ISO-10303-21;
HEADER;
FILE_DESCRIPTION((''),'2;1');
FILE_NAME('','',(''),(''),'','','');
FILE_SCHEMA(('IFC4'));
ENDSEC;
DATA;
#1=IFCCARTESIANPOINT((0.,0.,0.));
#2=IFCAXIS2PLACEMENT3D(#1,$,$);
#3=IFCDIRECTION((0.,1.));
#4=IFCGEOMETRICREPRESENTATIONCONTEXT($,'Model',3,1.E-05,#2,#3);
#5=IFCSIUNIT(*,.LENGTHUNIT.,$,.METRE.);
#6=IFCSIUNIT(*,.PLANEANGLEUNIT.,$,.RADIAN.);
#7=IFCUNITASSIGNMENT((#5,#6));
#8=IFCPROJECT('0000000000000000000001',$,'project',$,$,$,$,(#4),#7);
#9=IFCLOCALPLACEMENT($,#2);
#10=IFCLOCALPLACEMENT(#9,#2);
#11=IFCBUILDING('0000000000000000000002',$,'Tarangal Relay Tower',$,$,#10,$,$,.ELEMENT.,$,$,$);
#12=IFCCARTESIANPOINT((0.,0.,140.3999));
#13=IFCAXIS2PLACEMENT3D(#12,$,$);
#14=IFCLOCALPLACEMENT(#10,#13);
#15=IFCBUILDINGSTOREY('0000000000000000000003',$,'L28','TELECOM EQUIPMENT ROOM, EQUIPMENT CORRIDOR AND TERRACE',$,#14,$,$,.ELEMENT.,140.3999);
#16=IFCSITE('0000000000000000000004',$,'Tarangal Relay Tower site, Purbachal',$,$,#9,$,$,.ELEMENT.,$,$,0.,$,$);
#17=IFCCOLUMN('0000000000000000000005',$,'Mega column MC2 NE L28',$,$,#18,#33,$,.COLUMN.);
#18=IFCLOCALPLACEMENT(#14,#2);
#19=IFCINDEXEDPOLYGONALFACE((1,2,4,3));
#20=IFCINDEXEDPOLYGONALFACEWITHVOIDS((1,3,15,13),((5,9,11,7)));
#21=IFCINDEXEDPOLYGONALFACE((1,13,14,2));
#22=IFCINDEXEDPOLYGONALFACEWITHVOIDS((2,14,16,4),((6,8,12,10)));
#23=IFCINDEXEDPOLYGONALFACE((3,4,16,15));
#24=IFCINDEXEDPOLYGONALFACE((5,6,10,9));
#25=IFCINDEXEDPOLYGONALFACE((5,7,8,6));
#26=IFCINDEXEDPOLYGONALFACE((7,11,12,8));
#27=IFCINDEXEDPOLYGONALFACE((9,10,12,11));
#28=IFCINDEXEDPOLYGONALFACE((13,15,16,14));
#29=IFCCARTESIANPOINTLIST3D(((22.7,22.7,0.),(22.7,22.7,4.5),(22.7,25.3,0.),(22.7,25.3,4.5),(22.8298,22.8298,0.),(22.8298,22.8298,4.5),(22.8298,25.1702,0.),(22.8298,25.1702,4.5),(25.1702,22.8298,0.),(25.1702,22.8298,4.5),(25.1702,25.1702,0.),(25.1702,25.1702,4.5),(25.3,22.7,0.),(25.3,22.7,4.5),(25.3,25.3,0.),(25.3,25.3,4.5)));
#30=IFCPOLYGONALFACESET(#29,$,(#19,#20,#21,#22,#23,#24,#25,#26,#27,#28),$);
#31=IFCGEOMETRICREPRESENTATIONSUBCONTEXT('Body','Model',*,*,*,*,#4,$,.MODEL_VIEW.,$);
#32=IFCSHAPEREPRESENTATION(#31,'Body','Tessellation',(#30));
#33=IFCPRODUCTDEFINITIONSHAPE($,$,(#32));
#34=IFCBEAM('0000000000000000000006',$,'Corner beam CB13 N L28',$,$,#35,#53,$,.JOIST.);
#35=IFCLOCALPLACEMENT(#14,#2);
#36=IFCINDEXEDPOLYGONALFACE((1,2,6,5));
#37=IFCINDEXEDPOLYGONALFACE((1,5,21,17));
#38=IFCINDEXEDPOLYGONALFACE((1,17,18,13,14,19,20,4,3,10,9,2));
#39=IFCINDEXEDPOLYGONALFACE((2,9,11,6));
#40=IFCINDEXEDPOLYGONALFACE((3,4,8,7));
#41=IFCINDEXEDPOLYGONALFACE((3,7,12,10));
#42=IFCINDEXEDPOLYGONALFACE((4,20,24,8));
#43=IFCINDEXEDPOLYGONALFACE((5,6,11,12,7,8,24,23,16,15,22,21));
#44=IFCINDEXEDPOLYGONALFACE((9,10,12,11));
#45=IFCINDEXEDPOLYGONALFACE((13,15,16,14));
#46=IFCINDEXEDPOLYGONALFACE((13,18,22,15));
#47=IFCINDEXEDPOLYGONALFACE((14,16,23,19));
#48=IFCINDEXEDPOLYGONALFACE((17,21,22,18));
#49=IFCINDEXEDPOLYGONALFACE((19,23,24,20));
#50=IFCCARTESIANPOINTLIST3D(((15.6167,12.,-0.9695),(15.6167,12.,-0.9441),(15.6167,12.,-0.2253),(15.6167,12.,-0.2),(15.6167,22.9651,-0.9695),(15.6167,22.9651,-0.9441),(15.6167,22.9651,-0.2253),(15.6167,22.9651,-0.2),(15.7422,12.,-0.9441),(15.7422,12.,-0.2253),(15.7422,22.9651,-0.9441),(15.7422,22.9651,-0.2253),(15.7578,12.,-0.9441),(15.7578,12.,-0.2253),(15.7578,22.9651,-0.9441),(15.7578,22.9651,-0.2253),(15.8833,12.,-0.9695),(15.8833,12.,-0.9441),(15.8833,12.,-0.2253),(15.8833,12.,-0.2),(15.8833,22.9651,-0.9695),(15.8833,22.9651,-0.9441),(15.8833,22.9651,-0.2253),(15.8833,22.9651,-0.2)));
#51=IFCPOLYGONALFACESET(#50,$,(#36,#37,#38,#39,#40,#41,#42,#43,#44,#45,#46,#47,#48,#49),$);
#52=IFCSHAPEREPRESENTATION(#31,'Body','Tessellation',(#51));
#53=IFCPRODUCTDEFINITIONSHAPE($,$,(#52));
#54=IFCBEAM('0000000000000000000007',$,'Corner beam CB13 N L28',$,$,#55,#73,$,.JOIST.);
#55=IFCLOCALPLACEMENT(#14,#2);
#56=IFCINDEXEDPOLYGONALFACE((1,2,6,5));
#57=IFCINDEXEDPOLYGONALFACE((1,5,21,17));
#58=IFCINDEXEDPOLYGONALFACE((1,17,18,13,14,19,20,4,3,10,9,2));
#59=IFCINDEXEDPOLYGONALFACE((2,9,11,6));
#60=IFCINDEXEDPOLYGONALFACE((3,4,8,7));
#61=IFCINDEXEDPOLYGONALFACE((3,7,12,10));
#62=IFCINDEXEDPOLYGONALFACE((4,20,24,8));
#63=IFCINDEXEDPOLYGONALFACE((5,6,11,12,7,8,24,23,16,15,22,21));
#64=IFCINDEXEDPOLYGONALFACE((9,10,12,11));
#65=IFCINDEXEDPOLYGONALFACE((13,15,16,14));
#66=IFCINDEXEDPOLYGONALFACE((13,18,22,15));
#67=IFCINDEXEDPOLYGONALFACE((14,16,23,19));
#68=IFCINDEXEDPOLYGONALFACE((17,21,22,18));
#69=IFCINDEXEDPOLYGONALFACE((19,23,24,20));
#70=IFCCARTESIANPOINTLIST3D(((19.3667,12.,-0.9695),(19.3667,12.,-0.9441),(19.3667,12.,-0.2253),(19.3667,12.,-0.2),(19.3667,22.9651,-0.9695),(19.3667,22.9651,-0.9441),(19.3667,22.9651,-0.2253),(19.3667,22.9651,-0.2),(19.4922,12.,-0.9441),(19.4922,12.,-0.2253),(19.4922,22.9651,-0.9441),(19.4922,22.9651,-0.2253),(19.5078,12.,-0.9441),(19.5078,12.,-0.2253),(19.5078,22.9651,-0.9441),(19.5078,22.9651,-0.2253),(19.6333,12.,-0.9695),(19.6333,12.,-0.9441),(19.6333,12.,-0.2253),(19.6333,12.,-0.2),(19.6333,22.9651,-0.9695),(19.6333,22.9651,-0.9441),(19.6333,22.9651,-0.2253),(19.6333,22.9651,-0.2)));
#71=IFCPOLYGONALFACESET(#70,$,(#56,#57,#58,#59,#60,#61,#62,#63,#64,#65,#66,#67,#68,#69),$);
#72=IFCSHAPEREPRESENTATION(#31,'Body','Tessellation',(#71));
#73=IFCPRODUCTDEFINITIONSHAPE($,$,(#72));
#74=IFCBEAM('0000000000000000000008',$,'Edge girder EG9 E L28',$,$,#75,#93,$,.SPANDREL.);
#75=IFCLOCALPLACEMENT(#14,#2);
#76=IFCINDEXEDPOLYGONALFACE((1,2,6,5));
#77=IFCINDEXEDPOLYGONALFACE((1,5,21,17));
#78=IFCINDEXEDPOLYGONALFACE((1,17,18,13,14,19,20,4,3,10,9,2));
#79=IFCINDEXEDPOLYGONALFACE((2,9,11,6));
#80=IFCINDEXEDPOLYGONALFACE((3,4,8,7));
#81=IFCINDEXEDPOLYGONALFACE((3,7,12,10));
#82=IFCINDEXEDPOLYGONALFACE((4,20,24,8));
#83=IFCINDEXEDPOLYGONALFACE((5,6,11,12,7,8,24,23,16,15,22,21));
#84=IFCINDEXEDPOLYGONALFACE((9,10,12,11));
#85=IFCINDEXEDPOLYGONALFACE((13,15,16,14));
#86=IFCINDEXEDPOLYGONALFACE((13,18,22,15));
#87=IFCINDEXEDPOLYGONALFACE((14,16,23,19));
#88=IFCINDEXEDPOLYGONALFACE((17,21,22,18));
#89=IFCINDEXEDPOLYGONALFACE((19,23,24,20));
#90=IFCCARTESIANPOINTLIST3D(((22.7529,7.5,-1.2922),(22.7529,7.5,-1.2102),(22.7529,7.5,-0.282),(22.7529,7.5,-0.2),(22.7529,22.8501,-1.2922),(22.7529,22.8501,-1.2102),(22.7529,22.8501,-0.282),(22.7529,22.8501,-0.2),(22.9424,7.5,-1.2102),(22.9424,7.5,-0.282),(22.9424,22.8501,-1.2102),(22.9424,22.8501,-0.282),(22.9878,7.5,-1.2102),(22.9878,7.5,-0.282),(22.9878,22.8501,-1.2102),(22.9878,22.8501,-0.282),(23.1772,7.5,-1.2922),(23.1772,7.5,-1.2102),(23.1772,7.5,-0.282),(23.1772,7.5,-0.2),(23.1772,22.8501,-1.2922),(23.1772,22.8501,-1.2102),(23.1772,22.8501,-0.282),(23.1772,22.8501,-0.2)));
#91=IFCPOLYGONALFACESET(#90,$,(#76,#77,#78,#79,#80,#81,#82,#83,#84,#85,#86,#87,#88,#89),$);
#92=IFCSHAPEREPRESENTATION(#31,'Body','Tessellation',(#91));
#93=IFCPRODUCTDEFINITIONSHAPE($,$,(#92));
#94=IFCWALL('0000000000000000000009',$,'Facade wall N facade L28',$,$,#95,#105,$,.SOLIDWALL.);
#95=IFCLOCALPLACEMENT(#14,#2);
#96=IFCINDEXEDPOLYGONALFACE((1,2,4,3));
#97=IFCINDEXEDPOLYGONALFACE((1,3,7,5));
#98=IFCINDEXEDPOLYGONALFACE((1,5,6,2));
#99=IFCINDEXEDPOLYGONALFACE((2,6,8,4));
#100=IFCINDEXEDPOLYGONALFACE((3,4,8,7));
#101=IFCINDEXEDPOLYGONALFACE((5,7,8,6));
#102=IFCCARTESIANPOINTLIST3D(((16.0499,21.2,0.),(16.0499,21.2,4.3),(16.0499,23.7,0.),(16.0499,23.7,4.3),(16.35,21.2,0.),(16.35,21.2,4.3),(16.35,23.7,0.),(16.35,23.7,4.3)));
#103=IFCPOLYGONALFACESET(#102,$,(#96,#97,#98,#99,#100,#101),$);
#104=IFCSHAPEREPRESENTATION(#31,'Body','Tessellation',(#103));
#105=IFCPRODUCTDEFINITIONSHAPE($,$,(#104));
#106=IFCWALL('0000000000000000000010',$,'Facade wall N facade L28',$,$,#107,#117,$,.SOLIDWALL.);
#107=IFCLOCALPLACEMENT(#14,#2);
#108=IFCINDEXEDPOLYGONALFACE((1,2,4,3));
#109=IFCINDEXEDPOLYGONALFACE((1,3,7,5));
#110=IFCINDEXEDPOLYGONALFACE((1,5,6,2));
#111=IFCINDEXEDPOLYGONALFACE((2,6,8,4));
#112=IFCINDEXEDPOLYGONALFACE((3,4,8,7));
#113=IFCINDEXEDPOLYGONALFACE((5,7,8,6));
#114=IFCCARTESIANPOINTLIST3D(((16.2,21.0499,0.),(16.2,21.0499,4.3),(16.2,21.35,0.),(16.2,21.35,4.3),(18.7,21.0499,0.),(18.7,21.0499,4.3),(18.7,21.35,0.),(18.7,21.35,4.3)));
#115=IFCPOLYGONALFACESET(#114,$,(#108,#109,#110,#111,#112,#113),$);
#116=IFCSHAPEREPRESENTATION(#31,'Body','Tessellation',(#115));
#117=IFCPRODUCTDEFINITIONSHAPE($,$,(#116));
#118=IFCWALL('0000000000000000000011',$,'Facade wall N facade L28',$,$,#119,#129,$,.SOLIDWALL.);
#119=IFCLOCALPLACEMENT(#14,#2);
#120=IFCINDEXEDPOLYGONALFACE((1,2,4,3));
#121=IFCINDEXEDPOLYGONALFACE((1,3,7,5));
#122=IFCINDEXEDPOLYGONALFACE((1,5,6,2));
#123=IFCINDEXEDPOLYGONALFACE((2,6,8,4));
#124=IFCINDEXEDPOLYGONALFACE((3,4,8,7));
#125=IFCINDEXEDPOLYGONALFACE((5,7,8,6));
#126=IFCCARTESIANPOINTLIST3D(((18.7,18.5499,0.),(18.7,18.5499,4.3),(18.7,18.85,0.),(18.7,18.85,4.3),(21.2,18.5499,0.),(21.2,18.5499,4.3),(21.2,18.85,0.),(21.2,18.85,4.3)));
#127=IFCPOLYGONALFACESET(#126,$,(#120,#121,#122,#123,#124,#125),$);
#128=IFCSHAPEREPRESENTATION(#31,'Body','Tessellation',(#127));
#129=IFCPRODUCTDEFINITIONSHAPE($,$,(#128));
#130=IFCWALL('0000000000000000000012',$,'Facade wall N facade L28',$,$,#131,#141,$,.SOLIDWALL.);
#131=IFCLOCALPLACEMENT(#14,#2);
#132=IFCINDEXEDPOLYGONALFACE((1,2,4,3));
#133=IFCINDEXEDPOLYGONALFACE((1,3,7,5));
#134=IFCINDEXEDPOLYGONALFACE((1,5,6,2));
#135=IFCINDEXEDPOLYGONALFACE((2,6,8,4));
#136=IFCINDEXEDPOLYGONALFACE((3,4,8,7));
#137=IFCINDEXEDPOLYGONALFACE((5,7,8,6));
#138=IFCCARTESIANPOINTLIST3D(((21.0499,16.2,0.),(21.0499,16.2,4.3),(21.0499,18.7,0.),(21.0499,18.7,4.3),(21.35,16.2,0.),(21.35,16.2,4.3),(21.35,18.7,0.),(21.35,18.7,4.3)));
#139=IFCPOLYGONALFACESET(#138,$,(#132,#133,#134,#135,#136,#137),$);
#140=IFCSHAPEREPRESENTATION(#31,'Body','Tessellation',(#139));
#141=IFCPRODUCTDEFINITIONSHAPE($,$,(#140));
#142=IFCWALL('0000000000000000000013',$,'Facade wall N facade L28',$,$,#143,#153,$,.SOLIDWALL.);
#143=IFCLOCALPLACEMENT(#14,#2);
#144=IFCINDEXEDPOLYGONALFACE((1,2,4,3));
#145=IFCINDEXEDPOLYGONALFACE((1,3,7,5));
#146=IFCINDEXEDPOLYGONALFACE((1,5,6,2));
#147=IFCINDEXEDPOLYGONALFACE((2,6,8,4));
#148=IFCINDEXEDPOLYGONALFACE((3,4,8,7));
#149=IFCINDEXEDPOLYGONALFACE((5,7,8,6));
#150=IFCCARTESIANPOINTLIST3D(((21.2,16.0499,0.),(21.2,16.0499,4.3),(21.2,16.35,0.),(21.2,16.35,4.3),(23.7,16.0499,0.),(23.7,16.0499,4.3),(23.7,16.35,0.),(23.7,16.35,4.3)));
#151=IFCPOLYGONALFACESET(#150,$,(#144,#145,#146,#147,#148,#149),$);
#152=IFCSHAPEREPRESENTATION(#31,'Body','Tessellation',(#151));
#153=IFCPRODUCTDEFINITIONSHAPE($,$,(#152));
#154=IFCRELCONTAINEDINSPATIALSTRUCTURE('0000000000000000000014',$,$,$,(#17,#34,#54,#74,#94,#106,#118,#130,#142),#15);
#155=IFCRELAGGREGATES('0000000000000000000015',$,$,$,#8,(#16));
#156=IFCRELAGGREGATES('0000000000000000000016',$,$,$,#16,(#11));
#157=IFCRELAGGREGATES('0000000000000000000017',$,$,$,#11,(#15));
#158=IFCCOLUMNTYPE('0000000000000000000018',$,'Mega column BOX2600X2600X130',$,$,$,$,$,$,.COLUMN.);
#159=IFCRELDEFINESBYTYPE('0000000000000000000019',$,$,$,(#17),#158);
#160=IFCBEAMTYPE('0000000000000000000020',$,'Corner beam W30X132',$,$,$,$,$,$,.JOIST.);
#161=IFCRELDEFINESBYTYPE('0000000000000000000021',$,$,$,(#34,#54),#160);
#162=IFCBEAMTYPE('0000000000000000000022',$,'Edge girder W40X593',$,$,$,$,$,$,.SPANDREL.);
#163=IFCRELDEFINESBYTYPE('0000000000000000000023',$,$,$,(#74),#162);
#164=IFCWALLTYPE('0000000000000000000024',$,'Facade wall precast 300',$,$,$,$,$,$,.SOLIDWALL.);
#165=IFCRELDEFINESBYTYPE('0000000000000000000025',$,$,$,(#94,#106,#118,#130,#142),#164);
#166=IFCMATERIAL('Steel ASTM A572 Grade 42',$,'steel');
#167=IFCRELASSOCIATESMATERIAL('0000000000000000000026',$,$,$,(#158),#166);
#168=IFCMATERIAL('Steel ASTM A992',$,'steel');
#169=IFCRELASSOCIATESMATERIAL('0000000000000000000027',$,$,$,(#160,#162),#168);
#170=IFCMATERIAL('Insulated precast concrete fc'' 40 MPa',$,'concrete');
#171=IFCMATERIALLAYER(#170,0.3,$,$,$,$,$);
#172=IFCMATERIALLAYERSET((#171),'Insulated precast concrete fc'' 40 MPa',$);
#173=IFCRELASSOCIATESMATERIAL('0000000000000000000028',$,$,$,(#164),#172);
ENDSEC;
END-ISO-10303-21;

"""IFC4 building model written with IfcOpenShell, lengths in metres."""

from ifc_helpers import new_model, si_unit, direction, frame, frame_2d, origin, origin_2d, place, context, subcontext, project, spatial, rectangle, hollow_rectangle, i_section, extrude, material, layer, layer_set, material_profile, profile_set, type_object, element, save


model = new_model("IFC4")

# Units and contexts
model_context = context("Model", 3, precision=1e-05, world=origin(), true_north=direction((0.0, 1.0)))
body_context = subcontext(model_context, "Body", "Model", "MODEL_VIEW")
ifc_project = project(units=[si_unit("LENGTHUNIT", "METRE"), si_unit("PLANEANGLEUNIT", "RADIAN")], contexts=[model_context])

# Site, building, storey
site_placement = place(None, origin())
site = spatial("IfcSite", under=ifc_project, at=site_placement, Name="Tarangal Relay Tower site, Purbachal", CompositionType="ELEMENT", RefElevation=0.0)
building_placement = place(site_placement, origin())
building = spatial("IfcBuilding", under=site, at=building_placement, Name="Tarangal Relay Tower", CompositionType="ELEMENT")
storey_placement = place(building_placement, frame((0.0, 0.0, 140.3999)))
storey = spatial("IfcBuildingStorey", under=building, at=storey_placement, Name="L28", Description="TELECOM EQUIPMENT ROOM, EQUIPMENT CORRIDOR AND TERRACE", CompositionType="ELEMENT", Elevation=140.3999)

# Column
ifc_material_1 = material(Name="Steel ASTM A572 Grade 42", Category="steel")
ifc_material_profile_1 = material_profile(ifc_material_1, hollow_rectangle(XDim=2.6001, YDim=2.6001, WallThickness=0.1299, at=origin_2d()), Name="BOX2600X2600X130")
ifc_profile_set_1 = profile_set([ifc_material_profile_1], Name="Steel ASTM A572 Grade 42")
column_type = type_object("IfcColumnType", Name="Mega column BOX2600X2600X130", PredefinedType="COLUMN", material=ifc_profile_set_1)
column_placement = place(storey_placement, frame((24.0, 24.0, 0.0), z_axis=(0.0, 0.0, 1.0), x_axis=(1.0, 0.0, 0.0)))
element("IfcColumn", 1, at=column_placement, inside=storey, type_object=column_type, Name="Mega column MC2 NE L28", PredefinedType="COLUMN", context=body_context, shape_type="SweptSolid", body=[
    extrude(hollow_rectangle(XDim=2.6001, YDim=2.6001, WallThickness=0.1299, at=origin_2d()), origin(), (0.0, 0.0, 1.0), 4.5),
])

# Beams
ifc_material_2 = material(Name="Steel ASTM A992", Category="steel")
ifc_material_profile_2 = material_profile(ifc_material_2, i_section(OverallWidth=0.2666, OverallDepth=0.7695, WebThickness=0.0156, FlangeThickness=0.0254, at=origin_2d()), Name="W30X132")
ifc_profile_set_2 = profile_set([ifc_material_profile_2], Name="Steel ASTM A992")
beam_type_1 = type_object("IfcBeamType", Name="Corner beam W30X132", PredefinedType="JOIST", material=ifc_profile_set_2)
for number, where, z_axis, x_axis, name in (
    (2, (15.75, 12.0, -0.5847), (0.0, 1.0, 0.0), (-1.0, 0.0, 0.0), "Corner beam CB13 N L28"),
    (3, (19.5, 12.0, -0.5847), (0.0, 1.0, 0.0), (-1.0, 0.0, 0.0), "Corner beam CB13 N L28"),
):
    element("IfcBeam", number, at=place(storey_placement, frame(where, z_axis=z_axis, x_axis=x_axis)), inside=storey, type_object=beam_type_1, Name=name, PredefinedType="JOIST", context=body_context, shape_type="SweptSolid", body=[
        extrude(i_section(OverallWidth=0.2666, OverallDepth=0.7695, WebThickness=0.0156, FlangeThickness=0.0254, at=origin_2d()), origin(), (0.0, 0.0, 1.0), 10.9651),
    ])
ifc_material_profile_3 = material_profile(ifc_material_2, i_section(OverallWidth=0.4243, OverallDepth=1.0923, WebThickness=0.0454, FlangeThickness=0.082, at=origin_2d()), Name="W40X593")
ifc_profile_set_3 = profile_set([ifc_material_profile_3], Name="Steel ASTM A992")
beam_type_2 = type_object("IfcBeamType", Name="Edge girder W40X593", PredefinedType="SPANDREL", material=ifc_profile_set_3)
beam_placement = place(storey_placement, frame((22.9651, 22.8501, -0.7461), z_axis=(0.0, -1.0, 0.0), x_axis=(1.0, 0.0, 0.0)))
element("IfcBeam", 4, at=beam_placement, inside=storey, type_object=beam_type_2, Name="Edge girder EG9 E L28", PredefinedType="SPANDREL", context=body_context, shape_type="SweptSolid", body=[
    extrude(i_section(OverallWidth=0.4243, OverallDepth=1.0923, WebThickness=0.0454, FlangeThickness=0.082, at=origin_2d()), origin(), (0.0, 0.0, 1.0), 15.3501),
])

# Walls
ifc_material_3 = material(Name="Insulated precast concrete fc' 40 MPa", Category="concrete")
ifc_layer_1 = layer(ifc_material_3, 0.3)
ifc_layer_set_1 = layer_set([ifc_layer_1], Name="Insulated precast concrete fc' 40 MPa")
wall_type_1 = type_object("IfcWallType", Name="Facade wall precast 300", PredefinedType="SOLIDWALL", material=ifc_layer_set_1)
for number, where, z_axis, x_axis, name in (
    (5, (16.2, 23.7, 0.0), (0.0, 0.0, 1.0), (0.0, -1.0, 0.0), "Facade wall N facade L28"),
    (6, (16.2, 21.2, 0.0), (0.0, 0.0, 1.0), (1.0, 0.0, 0.0), "Facade wall N facade L28"),
):
    element("IfcWall", number, at=place(storey_placement, frame(where, z_axis=z_axis, x_axis=x_axis)), inside=storey, type_object=wall_type_1, Name=name, PredefinedType="SOLIDWALL", context=body_context, shape_type="SweptSolid", body=[
        extrude(rectangle(XDim=2.5, YDim=0.3, at=frame_2d((1.25, 0.0))), origin(), (0.0, 0.0, 1.0), 4.3),
    ])

# Walls
for number, where, z_axis, x_axis, name in (
    (7, (18.7, 18.7, 0.0), (0.0, 0.0, 1.0), (1.0, 0.0, 0.0), "Facade wall N facade L28"),
    (8, (21.2, 18.7, 0.0), (0.0, 0.0, 1.0), (0.0, -1.0, 0.0), "Facade wall N facade L28"),
    (9, (21.2, 16.2, 0.0), (0.0, 0.0, 1.0), (1.0, 0.0, 0.0), "Facade wall N facade L28"),
):
    element("IfcWall", number, at=place(storey_placement, frame(where, z_axis=z_axis, x_axis=x_axis)), inside=storey, type_object=wall_type_1, Name=name, PredefinedType="SOLIDWALL", context=body_context, shape_type="SweptSolid", body=[
        extrude(rectangle(XDim=2.5, YDim=0.3, at=frame_2d((1.25, 0.0))), origin(), (0.0, 0.0, 1.0), 4.3),
    ])

save(model, "model.ifc")
